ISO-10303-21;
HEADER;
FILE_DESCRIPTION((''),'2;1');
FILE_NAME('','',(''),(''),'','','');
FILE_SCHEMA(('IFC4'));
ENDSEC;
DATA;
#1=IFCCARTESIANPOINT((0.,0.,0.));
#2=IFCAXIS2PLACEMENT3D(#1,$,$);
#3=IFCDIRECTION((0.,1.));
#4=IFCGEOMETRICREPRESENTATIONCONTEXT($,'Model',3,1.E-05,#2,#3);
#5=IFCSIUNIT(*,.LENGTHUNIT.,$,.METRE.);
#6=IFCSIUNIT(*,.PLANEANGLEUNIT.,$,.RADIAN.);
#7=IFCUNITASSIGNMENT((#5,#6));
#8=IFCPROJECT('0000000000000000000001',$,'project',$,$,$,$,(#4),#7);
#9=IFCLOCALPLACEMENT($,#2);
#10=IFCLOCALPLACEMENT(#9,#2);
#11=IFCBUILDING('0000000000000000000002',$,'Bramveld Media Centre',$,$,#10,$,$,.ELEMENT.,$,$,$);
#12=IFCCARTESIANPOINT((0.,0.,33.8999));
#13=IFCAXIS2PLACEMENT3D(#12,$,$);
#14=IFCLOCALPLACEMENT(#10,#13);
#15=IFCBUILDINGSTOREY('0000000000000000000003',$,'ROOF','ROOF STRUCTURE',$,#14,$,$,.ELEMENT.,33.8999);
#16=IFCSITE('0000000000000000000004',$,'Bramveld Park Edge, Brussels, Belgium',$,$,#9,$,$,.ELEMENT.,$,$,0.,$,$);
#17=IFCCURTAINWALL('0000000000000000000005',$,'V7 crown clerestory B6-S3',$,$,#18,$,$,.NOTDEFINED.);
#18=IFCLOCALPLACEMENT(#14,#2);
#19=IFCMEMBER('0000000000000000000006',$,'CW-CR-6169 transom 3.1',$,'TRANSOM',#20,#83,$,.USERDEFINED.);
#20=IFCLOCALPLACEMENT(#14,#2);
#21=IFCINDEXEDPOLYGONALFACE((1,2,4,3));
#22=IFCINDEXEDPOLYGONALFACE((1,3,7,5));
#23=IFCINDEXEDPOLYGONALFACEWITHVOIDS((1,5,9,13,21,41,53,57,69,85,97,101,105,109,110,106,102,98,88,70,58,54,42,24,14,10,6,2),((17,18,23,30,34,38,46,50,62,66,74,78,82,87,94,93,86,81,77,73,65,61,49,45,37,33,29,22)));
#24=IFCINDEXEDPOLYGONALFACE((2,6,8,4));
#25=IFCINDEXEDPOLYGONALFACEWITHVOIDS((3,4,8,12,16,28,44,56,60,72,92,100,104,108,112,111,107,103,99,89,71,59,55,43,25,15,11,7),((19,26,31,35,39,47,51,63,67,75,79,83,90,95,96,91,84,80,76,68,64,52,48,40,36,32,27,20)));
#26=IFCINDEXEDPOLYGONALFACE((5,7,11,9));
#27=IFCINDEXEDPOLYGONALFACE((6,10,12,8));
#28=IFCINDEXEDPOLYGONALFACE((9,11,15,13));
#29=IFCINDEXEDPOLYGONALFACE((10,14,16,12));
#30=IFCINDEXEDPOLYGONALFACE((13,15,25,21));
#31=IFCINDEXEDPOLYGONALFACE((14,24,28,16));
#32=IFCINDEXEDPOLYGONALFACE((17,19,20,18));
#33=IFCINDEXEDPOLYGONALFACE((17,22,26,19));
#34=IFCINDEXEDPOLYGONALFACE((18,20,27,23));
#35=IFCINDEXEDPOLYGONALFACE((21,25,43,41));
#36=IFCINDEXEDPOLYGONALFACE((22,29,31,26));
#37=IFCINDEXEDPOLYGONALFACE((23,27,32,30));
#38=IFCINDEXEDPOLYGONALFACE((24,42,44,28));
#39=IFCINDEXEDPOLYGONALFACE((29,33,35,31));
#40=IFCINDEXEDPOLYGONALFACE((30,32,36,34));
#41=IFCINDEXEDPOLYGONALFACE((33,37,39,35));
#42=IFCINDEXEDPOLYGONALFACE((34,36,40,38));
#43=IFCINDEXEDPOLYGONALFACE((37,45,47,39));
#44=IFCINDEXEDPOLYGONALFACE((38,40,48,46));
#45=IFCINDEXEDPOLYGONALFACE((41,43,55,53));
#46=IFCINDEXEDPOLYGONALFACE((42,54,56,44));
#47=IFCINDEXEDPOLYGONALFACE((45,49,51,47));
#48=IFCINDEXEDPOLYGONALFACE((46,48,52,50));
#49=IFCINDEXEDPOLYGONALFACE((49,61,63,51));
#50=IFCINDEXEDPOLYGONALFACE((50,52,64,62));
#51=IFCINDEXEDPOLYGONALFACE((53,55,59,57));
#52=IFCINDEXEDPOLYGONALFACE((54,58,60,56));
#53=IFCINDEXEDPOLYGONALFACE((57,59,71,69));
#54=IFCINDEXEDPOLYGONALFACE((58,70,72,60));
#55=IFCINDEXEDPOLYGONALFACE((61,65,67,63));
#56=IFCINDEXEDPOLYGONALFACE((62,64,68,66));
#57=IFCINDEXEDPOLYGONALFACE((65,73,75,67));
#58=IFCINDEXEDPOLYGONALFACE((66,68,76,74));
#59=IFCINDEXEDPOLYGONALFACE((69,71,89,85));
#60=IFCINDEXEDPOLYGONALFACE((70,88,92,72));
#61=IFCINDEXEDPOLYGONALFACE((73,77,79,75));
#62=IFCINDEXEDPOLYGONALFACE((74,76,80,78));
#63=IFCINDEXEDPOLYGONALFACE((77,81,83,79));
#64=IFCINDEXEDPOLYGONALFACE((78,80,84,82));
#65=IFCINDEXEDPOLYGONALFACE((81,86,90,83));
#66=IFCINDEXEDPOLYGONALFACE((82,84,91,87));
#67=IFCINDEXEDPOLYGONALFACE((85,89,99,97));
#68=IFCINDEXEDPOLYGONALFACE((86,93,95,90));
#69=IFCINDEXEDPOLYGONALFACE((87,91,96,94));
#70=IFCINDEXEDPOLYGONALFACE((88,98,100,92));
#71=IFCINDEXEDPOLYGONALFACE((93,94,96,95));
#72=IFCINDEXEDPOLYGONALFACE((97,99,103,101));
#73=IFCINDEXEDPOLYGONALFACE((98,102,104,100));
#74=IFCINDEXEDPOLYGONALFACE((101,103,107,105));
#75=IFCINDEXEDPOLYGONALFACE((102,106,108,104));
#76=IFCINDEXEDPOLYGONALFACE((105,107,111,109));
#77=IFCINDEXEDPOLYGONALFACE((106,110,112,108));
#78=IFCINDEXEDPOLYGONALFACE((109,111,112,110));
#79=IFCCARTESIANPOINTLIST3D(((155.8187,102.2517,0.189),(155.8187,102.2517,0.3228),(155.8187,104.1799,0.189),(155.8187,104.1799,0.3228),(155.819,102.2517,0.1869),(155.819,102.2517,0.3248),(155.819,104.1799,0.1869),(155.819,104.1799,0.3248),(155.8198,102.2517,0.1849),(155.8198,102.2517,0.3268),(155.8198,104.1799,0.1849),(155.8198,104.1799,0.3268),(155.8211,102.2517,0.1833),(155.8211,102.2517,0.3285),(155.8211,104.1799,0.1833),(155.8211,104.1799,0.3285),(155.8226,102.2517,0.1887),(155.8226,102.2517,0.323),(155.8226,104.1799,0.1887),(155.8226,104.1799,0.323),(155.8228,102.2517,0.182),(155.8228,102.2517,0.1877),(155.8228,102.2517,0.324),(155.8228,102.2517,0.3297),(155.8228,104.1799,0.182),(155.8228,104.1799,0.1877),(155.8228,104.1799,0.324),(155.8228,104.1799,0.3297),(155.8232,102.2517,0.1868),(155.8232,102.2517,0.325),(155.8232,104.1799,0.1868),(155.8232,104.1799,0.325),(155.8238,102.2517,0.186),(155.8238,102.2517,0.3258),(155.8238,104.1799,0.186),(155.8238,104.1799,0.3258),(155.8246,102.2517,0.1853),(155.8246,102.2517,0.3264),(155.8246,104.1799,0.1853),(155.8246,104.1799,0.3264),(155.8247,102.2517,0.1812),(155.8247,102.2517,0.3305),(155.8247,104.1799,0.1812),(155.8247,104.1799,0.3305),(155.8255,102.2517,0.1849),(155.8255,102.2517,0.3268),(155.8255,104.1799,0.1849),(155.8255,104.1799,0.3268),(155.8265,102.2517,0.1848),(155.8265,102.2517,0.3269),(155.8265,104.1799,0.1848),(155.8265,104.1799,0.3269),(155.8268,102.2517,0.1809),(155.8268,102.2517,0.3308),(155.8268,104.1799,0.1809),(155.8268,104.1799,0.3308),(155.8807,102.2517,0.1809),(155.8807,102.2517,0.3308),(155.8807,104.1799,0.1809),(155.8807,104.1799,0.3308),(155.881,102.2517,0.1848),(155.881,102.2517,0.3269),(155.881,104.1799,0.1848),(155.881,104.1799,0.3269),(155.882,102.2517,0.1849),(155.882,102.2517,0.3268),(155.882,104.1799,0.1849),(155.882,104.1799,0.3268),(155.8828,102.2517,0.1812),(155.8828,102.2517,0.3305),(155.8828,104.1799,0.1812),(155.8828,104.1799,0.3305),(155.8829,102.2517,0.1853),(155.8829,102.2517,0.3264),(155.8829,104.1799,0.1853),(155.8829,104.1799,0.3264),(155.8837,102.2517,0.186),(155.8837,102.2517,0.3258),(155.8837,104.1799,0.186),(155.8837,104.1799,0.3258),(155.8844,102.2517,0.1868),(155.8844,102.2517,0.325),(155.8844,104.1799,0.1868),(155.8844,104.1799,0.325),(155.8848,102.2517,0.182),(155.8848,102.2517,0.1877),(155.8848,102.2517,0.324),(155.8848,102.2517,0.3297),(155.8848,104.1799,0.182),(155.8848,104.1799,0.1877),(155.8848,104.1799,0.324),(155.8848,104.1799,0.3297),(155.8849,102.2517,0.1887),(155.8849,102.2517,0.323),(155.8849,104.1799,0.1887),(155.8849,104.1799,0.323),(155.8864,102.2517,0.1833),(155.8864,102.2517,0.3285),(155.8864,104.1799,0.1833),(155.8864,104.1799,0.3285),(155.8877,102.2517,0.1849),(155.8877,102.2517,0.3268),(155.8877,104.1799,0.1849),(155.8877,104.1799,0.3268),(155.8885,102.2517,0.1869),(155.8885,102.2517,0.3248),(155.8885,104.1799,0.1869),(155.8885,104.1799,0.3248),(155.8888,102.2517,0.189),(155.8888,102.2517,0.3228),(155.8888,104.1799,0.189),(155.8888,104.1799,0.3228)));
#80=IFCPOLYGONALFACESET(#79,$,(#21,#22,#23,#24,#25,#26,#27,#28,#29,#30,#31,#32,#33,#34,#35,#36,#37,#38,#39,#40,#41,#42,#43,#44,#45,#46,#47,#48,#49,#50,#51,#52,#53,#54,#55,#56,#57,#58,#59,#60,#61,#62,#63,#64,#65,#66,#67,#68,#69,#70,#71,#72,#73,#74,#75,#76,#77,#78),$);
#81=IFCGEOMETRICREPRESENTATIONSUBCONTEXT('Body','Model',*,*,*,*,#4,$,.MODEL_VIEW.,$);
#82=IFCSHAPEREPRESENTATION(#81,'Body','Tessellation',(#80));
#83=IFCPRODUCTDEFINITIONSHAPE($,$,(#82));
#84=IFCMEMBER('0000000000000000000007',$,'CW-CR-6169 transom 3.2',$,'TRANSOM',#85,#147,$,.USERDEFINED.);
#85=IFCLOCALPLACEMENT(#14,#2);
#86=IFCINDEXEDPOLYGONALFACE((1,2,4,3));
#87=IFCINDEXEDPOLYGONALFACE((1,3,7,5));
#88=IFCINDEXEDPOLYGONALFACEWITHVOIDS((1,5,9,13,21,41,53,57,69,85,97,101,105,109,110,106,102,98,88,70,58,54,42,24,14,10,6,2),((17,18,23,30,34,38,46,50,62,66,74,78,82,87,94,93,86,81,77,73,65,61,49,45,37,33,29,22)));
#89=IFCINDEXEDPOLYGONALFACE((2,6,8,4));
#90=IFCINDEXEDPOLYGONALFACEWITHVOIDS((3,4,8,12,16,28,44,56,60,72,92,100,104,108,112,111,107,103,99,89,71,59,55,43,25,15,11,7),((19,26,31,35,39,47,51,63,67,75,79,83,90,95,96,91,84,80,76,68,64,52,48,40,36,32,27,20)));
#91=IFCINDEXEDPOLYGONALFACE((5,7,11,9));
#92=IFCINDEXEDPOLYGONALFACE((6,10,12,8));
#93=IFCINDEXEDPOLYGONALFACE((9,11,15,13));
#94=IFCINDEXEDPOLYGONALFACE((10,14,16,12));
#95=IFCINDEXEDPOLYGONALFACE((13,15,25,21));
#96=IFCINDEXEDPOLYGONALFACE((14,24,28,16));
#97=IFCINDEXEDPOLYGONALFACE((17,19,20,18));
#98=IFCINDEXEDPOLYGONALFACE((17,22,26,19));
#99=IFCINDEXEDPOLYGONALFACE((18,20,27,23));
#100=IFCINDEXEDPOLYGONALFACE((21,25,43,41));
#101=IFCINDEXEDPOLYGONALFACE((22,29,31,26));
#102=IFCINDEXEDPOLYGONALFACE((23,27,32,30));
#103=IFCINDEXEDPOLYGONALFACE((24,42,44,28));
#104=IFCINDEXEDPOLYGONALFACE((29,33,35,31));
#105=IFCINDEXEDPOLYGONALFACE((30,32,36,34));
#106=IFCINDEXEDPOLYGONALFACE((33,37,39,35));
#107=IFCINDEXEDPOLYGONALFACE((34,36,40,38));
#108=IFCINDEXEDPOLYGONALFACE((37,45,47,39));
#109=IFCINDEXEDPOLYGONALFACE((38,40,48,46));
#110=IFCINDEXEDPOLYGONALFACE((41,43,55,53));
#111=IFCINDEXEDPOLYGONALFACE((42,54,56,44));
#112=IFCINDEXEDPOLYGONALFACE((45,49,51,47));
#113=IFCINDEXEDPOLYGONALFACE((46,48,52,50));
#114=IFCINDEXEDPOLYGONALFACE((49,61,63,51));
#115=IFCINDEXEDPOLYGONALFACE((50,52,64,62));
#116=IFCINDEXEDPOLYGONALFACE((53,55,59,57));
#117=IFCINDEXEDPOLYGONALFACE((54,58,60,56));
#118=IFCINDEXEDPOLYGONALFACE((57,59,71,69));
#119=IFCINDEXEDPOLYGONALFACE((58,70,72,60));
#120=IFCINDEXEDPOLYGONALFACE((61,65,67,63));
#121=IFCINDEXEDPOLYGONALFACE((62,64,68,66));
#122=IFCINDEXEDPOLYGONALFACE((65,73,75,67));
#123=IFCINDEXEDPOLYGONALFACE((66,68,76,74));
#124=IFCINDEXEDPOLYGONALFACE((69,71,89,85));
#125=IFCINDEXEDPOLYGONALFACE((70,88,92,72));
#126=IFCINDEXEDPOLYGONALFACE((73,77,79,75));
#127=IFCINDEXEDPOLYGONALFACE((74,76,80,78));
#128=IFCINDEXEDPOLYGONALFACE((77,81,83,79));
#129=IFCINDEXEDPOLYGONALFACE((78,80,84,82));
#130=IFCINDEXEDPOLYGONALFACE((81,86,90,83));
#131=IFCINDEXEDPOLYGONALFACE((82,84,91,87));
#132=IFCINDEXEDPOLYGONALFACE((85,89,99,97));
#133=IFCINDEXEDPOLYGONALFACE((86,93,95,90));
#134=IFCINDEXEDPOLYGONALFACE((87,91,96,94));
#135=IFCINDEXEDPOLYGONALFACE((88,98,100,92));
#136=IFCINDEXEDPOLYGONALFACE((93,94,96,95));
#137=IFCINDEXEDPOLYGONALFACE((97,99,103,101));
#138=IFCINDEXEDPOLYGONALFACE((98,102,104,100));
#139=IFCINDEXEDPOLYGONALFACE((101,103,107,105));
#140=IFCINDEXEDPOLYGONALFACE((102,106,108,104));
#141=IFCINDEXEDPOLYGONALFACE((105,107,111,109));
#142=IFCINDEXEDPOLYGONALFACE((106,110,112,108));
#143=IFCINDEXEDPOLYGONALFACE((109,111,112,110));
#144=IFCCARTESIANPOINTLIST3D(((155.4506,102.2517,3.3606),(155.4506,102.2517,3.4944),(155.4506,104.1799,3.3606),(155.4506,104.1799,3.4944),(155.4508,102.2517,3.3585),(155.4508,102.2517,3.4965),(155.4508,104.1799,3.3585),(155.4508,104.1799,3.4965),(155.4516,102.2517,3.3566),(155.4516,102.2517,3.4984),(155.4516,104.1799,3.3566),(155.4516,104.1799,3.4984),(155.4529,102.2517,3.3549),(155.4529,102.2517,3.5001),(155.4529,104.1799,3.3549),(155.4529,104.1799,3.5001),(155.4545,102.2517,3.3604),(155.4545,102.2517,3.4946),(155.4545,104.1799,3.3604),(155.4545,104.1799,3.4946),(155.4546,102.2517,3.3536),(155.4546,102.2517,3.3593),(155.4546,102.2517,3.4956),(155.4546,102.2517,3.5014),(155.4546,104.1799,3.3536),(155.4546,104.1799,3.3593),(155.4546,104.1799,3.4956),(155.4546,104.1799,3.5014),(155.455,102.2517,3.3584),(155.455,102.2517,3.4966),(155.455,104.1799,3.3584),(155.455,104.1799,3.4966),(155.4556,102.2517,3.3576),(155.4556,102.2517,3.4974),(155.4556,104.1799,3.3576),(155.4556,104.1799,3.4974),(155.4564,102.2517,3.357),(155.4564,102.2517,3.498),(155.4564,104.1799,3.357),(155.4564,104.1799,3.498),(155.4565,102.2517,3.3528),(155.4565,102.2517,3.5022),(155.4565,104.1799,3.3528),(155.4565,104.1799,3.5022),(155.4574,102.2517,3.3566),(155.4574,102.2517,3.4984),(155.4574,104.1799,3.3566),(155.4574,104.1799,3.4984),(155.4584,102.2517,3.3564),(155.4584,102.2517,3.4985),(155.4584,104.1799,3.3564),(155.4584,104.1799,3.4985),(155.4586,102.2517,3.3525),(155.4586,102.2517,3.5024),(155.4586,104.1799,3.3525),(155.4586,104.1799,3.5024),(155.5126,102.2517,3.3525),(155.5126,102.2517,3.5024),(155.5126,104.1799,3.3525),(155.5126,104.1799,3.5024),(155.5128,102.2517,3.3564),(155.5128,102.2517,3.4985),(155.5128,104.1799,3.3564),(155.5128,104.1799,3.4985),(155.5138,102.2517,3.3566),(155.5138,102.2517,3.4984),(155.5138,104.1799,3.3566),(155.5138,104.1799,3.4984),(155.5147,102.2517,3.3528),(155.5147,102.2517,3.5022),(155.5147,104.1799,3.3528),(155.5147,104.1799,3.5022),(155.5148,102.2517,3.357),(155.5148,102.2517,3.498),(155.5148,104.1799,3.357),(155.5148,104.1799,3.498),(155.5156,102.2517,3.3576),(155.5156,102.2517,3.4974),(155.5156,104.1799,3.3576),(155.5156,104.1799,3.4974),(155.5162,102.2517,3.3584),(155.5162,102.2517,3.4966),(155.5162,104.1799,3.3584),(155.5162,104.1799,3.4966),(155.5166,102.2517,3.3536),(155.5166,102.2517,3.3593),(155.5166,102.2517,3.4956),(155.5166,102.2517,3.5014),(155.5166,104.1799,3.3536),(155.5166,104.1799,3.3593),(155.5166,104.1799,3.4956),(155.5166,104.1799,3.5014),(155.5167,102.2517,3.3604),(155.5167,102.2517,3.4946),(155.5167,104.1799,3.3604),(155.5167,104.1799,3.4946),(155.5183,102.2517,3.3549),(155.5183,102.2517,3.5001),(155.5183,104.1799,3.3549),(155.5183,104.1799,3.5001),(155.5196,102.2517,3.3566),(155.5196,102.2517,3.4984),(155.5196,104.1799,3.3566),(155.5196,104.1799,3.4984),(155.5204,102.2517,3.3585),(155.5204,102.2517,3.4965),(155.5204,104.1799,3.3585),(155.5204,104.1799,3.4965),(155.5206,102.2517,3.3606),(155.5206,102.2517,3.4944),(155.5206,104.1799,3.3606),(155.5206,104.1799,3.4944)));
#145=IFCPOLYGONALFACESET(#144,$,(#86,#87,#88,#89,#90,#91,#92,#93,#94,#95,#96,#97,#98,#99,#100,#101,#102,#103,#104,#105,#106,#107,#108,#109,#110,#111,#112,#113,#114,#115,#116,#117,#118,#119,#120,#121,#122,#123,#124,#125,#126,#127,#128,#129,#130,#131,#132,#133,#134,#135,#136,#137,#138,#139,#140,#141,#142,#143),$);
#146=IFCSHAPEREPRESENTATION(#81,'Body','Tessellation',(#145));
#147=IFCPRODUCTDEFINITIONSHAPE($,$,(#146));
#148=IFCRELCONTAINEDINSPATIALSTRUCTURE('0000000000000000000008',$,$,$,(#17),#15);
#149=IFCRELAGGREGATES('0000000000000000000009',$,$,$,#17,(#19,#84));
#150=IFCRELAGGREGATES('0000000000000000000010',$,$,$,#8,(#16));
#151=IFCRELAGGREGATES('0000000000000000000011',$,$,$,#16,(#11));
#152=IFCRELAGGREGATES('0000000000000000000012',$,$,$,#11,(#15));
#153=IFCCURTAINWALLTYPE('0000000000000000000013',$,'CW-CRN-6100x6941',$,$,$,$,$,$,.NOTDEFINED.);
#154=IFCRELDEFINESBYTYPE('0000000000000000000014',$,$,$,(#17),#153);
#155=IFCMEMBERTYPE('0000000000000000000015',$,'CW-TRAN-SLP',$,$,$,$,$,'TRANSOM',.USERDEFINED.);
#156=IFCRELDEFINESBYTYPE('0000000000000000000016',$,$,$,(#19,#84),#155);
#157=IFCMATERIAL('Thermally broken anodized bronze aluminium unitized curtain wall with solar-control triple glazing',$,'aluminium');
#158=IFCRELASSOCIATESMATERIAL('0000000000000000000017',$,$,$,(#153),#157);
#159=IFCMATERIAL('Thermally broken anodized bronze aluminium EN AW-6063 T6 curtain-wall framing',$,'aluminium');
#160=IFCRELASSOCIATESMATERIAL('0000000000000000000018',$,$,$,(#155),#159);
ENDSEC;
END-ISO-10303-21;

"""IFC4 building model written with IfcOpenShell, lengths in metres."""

from ifc_helpers import new_model, si_unit, direction, frame, origin, origin_2d, place, context, subcontext, project, spatial, hollow_rectangle, extrude, material, material_profile, profile_set, type_object, element, aggregate, save


model = new_model("IFC4")

# Units and contexts
model_context = context("Model", 3, precision=1e-05, world=origin(), true_north=direction((0.0, 1.0)))
body_context = subcontext(model_context, "Body", "Model", "MODEL_VIEW")
ifc_project = project(units=[si_unit("LENGTHUNIT", "METRE"), si_unit("PLANEANGLEUNIT", "RADIAN")], contexts=[model_context])

# Site, building, storey
site_placement = place(None, origin())
site = spatial("IfcSite", under=ifc_project, at=site_placement, Name="Bramveld Park Edge, Brussels, Belgium", CompositionType="ELEMENT", RefElevation=0.0)
building_placement = place(site_placement, origin())
building = spatial("IfcBuilding", under=site, at=building_placement, Name="Bramveld Media Centre", CompositionType="ELEMENT")
storey_placement = place(building_placement, frame((0.0, 0.0, 33.8999)))
storey = spatial("IfcBuildingStorey", under=building, at=storey_placement, Name="ROOF", Description="ROOF STRUCTURE", CompositionType="ELEMENT", Elevation=33.8999)

# Curtain wall
ifc_material_1 = material(Name="Thermally broken anodized bronze aluminium unitized curtain wall with solar-control triple glazing", Category="aluminium")
curtain_wall_type = type_object("IfcCurtainWallType", Name="CW-CRN-6100x6941", PredefinedType="NOTDEFINED", material=ifc_material_1)
curtain_wall_1_placement = place(storey_placement, origin())
curtain_wall_1 = element("IfcCurtainWall", 1, at=curtain_wall_1_placement, inside=storey, type_object=curtain_wall_type, Name="V7 crown clerestory B6-S3", PredefinedType="NOTDEFINED")

# Members
ifc_material_2 = material(Name="Thermally broken anodized bronze aluminium EN AW-6063 T6 curtain-wall framing", Category="aluminium")
ifc_material_profile_1 = material_profile(ifc_material_2, hollow_rectangle(XDim=0.0701, YDim=0.1499, WallThickness=0.0039, InnerFilletRadius=0.0039, OuterFilletRadius=0.0081, at=origin_2d()), Name="AL-TRAN 70x150")
ifc_profile_set_1 = profile_set([ifc_material_profile_1], Name="Thermally broken anodized bronze aluminium EN AW-6063 T6 curtain-wall framing")
member_type_1 = type_object("IfcMemberType", Name="CW-TRAN-SLP", ElementType="TRANSOM", PredefinedType="USERDEFINED", material=ifc_profile_set_1)
member_1_placement = place(storey_placement, frame((155.8538, 102.2517, 0.2559), z_axis=(0.0, 1.0, 0.0), x_axis=(-1.0, 0.0, 0.0)))
member_1 = element("IfcMember", 2, at=member_1_placement, type_object=member_type_1, Name="CW-CR-6169 transom 3.1", ObjectType="TRANSOM", PredefinedType="USERDEFINED", context=body_context, shape_type="SweptSolid", body=[
    extrude(hollow_rectangle(XDim=0.0701, YDim=0.1499, WallThickness=0.0039, InnerFilletRadius=0.0039, OuterFilletRadius=0.0081, at=origin_2d()), origin(), (0.0, 0.0, 1.0), 1.9282),
])
member_2_placement = place(storey_placement, frame((155.4856, 102.2517, 3.4275), z_axis=(0.0, 1.0, 0.0), x_axis=(-1.0, 0.0, 0.0)))
member_2 = element("IfcMember", 3, at=member_2_placement, type_object=member_type_1, Name="CW-CR-6169 transom 3.2", ObjectType="TRANSOM", PredefinedType="USERDEFINED", context=body_context, shape_type="SweptSolid", body=[
    extrude(hollow_rectangle(XDim=0.0701, YDim=0.1499, WallThickness=0.0039, InnerFilletRadius=0.0039, OuterFilletRadius=0.0081, at=origin_2d()), origin(), (0.0, 0.0, 1.0), 1.9282),
])

aggregate(curtain_wall_1, [member_1, member_2])

save(model, "model.ifc")
